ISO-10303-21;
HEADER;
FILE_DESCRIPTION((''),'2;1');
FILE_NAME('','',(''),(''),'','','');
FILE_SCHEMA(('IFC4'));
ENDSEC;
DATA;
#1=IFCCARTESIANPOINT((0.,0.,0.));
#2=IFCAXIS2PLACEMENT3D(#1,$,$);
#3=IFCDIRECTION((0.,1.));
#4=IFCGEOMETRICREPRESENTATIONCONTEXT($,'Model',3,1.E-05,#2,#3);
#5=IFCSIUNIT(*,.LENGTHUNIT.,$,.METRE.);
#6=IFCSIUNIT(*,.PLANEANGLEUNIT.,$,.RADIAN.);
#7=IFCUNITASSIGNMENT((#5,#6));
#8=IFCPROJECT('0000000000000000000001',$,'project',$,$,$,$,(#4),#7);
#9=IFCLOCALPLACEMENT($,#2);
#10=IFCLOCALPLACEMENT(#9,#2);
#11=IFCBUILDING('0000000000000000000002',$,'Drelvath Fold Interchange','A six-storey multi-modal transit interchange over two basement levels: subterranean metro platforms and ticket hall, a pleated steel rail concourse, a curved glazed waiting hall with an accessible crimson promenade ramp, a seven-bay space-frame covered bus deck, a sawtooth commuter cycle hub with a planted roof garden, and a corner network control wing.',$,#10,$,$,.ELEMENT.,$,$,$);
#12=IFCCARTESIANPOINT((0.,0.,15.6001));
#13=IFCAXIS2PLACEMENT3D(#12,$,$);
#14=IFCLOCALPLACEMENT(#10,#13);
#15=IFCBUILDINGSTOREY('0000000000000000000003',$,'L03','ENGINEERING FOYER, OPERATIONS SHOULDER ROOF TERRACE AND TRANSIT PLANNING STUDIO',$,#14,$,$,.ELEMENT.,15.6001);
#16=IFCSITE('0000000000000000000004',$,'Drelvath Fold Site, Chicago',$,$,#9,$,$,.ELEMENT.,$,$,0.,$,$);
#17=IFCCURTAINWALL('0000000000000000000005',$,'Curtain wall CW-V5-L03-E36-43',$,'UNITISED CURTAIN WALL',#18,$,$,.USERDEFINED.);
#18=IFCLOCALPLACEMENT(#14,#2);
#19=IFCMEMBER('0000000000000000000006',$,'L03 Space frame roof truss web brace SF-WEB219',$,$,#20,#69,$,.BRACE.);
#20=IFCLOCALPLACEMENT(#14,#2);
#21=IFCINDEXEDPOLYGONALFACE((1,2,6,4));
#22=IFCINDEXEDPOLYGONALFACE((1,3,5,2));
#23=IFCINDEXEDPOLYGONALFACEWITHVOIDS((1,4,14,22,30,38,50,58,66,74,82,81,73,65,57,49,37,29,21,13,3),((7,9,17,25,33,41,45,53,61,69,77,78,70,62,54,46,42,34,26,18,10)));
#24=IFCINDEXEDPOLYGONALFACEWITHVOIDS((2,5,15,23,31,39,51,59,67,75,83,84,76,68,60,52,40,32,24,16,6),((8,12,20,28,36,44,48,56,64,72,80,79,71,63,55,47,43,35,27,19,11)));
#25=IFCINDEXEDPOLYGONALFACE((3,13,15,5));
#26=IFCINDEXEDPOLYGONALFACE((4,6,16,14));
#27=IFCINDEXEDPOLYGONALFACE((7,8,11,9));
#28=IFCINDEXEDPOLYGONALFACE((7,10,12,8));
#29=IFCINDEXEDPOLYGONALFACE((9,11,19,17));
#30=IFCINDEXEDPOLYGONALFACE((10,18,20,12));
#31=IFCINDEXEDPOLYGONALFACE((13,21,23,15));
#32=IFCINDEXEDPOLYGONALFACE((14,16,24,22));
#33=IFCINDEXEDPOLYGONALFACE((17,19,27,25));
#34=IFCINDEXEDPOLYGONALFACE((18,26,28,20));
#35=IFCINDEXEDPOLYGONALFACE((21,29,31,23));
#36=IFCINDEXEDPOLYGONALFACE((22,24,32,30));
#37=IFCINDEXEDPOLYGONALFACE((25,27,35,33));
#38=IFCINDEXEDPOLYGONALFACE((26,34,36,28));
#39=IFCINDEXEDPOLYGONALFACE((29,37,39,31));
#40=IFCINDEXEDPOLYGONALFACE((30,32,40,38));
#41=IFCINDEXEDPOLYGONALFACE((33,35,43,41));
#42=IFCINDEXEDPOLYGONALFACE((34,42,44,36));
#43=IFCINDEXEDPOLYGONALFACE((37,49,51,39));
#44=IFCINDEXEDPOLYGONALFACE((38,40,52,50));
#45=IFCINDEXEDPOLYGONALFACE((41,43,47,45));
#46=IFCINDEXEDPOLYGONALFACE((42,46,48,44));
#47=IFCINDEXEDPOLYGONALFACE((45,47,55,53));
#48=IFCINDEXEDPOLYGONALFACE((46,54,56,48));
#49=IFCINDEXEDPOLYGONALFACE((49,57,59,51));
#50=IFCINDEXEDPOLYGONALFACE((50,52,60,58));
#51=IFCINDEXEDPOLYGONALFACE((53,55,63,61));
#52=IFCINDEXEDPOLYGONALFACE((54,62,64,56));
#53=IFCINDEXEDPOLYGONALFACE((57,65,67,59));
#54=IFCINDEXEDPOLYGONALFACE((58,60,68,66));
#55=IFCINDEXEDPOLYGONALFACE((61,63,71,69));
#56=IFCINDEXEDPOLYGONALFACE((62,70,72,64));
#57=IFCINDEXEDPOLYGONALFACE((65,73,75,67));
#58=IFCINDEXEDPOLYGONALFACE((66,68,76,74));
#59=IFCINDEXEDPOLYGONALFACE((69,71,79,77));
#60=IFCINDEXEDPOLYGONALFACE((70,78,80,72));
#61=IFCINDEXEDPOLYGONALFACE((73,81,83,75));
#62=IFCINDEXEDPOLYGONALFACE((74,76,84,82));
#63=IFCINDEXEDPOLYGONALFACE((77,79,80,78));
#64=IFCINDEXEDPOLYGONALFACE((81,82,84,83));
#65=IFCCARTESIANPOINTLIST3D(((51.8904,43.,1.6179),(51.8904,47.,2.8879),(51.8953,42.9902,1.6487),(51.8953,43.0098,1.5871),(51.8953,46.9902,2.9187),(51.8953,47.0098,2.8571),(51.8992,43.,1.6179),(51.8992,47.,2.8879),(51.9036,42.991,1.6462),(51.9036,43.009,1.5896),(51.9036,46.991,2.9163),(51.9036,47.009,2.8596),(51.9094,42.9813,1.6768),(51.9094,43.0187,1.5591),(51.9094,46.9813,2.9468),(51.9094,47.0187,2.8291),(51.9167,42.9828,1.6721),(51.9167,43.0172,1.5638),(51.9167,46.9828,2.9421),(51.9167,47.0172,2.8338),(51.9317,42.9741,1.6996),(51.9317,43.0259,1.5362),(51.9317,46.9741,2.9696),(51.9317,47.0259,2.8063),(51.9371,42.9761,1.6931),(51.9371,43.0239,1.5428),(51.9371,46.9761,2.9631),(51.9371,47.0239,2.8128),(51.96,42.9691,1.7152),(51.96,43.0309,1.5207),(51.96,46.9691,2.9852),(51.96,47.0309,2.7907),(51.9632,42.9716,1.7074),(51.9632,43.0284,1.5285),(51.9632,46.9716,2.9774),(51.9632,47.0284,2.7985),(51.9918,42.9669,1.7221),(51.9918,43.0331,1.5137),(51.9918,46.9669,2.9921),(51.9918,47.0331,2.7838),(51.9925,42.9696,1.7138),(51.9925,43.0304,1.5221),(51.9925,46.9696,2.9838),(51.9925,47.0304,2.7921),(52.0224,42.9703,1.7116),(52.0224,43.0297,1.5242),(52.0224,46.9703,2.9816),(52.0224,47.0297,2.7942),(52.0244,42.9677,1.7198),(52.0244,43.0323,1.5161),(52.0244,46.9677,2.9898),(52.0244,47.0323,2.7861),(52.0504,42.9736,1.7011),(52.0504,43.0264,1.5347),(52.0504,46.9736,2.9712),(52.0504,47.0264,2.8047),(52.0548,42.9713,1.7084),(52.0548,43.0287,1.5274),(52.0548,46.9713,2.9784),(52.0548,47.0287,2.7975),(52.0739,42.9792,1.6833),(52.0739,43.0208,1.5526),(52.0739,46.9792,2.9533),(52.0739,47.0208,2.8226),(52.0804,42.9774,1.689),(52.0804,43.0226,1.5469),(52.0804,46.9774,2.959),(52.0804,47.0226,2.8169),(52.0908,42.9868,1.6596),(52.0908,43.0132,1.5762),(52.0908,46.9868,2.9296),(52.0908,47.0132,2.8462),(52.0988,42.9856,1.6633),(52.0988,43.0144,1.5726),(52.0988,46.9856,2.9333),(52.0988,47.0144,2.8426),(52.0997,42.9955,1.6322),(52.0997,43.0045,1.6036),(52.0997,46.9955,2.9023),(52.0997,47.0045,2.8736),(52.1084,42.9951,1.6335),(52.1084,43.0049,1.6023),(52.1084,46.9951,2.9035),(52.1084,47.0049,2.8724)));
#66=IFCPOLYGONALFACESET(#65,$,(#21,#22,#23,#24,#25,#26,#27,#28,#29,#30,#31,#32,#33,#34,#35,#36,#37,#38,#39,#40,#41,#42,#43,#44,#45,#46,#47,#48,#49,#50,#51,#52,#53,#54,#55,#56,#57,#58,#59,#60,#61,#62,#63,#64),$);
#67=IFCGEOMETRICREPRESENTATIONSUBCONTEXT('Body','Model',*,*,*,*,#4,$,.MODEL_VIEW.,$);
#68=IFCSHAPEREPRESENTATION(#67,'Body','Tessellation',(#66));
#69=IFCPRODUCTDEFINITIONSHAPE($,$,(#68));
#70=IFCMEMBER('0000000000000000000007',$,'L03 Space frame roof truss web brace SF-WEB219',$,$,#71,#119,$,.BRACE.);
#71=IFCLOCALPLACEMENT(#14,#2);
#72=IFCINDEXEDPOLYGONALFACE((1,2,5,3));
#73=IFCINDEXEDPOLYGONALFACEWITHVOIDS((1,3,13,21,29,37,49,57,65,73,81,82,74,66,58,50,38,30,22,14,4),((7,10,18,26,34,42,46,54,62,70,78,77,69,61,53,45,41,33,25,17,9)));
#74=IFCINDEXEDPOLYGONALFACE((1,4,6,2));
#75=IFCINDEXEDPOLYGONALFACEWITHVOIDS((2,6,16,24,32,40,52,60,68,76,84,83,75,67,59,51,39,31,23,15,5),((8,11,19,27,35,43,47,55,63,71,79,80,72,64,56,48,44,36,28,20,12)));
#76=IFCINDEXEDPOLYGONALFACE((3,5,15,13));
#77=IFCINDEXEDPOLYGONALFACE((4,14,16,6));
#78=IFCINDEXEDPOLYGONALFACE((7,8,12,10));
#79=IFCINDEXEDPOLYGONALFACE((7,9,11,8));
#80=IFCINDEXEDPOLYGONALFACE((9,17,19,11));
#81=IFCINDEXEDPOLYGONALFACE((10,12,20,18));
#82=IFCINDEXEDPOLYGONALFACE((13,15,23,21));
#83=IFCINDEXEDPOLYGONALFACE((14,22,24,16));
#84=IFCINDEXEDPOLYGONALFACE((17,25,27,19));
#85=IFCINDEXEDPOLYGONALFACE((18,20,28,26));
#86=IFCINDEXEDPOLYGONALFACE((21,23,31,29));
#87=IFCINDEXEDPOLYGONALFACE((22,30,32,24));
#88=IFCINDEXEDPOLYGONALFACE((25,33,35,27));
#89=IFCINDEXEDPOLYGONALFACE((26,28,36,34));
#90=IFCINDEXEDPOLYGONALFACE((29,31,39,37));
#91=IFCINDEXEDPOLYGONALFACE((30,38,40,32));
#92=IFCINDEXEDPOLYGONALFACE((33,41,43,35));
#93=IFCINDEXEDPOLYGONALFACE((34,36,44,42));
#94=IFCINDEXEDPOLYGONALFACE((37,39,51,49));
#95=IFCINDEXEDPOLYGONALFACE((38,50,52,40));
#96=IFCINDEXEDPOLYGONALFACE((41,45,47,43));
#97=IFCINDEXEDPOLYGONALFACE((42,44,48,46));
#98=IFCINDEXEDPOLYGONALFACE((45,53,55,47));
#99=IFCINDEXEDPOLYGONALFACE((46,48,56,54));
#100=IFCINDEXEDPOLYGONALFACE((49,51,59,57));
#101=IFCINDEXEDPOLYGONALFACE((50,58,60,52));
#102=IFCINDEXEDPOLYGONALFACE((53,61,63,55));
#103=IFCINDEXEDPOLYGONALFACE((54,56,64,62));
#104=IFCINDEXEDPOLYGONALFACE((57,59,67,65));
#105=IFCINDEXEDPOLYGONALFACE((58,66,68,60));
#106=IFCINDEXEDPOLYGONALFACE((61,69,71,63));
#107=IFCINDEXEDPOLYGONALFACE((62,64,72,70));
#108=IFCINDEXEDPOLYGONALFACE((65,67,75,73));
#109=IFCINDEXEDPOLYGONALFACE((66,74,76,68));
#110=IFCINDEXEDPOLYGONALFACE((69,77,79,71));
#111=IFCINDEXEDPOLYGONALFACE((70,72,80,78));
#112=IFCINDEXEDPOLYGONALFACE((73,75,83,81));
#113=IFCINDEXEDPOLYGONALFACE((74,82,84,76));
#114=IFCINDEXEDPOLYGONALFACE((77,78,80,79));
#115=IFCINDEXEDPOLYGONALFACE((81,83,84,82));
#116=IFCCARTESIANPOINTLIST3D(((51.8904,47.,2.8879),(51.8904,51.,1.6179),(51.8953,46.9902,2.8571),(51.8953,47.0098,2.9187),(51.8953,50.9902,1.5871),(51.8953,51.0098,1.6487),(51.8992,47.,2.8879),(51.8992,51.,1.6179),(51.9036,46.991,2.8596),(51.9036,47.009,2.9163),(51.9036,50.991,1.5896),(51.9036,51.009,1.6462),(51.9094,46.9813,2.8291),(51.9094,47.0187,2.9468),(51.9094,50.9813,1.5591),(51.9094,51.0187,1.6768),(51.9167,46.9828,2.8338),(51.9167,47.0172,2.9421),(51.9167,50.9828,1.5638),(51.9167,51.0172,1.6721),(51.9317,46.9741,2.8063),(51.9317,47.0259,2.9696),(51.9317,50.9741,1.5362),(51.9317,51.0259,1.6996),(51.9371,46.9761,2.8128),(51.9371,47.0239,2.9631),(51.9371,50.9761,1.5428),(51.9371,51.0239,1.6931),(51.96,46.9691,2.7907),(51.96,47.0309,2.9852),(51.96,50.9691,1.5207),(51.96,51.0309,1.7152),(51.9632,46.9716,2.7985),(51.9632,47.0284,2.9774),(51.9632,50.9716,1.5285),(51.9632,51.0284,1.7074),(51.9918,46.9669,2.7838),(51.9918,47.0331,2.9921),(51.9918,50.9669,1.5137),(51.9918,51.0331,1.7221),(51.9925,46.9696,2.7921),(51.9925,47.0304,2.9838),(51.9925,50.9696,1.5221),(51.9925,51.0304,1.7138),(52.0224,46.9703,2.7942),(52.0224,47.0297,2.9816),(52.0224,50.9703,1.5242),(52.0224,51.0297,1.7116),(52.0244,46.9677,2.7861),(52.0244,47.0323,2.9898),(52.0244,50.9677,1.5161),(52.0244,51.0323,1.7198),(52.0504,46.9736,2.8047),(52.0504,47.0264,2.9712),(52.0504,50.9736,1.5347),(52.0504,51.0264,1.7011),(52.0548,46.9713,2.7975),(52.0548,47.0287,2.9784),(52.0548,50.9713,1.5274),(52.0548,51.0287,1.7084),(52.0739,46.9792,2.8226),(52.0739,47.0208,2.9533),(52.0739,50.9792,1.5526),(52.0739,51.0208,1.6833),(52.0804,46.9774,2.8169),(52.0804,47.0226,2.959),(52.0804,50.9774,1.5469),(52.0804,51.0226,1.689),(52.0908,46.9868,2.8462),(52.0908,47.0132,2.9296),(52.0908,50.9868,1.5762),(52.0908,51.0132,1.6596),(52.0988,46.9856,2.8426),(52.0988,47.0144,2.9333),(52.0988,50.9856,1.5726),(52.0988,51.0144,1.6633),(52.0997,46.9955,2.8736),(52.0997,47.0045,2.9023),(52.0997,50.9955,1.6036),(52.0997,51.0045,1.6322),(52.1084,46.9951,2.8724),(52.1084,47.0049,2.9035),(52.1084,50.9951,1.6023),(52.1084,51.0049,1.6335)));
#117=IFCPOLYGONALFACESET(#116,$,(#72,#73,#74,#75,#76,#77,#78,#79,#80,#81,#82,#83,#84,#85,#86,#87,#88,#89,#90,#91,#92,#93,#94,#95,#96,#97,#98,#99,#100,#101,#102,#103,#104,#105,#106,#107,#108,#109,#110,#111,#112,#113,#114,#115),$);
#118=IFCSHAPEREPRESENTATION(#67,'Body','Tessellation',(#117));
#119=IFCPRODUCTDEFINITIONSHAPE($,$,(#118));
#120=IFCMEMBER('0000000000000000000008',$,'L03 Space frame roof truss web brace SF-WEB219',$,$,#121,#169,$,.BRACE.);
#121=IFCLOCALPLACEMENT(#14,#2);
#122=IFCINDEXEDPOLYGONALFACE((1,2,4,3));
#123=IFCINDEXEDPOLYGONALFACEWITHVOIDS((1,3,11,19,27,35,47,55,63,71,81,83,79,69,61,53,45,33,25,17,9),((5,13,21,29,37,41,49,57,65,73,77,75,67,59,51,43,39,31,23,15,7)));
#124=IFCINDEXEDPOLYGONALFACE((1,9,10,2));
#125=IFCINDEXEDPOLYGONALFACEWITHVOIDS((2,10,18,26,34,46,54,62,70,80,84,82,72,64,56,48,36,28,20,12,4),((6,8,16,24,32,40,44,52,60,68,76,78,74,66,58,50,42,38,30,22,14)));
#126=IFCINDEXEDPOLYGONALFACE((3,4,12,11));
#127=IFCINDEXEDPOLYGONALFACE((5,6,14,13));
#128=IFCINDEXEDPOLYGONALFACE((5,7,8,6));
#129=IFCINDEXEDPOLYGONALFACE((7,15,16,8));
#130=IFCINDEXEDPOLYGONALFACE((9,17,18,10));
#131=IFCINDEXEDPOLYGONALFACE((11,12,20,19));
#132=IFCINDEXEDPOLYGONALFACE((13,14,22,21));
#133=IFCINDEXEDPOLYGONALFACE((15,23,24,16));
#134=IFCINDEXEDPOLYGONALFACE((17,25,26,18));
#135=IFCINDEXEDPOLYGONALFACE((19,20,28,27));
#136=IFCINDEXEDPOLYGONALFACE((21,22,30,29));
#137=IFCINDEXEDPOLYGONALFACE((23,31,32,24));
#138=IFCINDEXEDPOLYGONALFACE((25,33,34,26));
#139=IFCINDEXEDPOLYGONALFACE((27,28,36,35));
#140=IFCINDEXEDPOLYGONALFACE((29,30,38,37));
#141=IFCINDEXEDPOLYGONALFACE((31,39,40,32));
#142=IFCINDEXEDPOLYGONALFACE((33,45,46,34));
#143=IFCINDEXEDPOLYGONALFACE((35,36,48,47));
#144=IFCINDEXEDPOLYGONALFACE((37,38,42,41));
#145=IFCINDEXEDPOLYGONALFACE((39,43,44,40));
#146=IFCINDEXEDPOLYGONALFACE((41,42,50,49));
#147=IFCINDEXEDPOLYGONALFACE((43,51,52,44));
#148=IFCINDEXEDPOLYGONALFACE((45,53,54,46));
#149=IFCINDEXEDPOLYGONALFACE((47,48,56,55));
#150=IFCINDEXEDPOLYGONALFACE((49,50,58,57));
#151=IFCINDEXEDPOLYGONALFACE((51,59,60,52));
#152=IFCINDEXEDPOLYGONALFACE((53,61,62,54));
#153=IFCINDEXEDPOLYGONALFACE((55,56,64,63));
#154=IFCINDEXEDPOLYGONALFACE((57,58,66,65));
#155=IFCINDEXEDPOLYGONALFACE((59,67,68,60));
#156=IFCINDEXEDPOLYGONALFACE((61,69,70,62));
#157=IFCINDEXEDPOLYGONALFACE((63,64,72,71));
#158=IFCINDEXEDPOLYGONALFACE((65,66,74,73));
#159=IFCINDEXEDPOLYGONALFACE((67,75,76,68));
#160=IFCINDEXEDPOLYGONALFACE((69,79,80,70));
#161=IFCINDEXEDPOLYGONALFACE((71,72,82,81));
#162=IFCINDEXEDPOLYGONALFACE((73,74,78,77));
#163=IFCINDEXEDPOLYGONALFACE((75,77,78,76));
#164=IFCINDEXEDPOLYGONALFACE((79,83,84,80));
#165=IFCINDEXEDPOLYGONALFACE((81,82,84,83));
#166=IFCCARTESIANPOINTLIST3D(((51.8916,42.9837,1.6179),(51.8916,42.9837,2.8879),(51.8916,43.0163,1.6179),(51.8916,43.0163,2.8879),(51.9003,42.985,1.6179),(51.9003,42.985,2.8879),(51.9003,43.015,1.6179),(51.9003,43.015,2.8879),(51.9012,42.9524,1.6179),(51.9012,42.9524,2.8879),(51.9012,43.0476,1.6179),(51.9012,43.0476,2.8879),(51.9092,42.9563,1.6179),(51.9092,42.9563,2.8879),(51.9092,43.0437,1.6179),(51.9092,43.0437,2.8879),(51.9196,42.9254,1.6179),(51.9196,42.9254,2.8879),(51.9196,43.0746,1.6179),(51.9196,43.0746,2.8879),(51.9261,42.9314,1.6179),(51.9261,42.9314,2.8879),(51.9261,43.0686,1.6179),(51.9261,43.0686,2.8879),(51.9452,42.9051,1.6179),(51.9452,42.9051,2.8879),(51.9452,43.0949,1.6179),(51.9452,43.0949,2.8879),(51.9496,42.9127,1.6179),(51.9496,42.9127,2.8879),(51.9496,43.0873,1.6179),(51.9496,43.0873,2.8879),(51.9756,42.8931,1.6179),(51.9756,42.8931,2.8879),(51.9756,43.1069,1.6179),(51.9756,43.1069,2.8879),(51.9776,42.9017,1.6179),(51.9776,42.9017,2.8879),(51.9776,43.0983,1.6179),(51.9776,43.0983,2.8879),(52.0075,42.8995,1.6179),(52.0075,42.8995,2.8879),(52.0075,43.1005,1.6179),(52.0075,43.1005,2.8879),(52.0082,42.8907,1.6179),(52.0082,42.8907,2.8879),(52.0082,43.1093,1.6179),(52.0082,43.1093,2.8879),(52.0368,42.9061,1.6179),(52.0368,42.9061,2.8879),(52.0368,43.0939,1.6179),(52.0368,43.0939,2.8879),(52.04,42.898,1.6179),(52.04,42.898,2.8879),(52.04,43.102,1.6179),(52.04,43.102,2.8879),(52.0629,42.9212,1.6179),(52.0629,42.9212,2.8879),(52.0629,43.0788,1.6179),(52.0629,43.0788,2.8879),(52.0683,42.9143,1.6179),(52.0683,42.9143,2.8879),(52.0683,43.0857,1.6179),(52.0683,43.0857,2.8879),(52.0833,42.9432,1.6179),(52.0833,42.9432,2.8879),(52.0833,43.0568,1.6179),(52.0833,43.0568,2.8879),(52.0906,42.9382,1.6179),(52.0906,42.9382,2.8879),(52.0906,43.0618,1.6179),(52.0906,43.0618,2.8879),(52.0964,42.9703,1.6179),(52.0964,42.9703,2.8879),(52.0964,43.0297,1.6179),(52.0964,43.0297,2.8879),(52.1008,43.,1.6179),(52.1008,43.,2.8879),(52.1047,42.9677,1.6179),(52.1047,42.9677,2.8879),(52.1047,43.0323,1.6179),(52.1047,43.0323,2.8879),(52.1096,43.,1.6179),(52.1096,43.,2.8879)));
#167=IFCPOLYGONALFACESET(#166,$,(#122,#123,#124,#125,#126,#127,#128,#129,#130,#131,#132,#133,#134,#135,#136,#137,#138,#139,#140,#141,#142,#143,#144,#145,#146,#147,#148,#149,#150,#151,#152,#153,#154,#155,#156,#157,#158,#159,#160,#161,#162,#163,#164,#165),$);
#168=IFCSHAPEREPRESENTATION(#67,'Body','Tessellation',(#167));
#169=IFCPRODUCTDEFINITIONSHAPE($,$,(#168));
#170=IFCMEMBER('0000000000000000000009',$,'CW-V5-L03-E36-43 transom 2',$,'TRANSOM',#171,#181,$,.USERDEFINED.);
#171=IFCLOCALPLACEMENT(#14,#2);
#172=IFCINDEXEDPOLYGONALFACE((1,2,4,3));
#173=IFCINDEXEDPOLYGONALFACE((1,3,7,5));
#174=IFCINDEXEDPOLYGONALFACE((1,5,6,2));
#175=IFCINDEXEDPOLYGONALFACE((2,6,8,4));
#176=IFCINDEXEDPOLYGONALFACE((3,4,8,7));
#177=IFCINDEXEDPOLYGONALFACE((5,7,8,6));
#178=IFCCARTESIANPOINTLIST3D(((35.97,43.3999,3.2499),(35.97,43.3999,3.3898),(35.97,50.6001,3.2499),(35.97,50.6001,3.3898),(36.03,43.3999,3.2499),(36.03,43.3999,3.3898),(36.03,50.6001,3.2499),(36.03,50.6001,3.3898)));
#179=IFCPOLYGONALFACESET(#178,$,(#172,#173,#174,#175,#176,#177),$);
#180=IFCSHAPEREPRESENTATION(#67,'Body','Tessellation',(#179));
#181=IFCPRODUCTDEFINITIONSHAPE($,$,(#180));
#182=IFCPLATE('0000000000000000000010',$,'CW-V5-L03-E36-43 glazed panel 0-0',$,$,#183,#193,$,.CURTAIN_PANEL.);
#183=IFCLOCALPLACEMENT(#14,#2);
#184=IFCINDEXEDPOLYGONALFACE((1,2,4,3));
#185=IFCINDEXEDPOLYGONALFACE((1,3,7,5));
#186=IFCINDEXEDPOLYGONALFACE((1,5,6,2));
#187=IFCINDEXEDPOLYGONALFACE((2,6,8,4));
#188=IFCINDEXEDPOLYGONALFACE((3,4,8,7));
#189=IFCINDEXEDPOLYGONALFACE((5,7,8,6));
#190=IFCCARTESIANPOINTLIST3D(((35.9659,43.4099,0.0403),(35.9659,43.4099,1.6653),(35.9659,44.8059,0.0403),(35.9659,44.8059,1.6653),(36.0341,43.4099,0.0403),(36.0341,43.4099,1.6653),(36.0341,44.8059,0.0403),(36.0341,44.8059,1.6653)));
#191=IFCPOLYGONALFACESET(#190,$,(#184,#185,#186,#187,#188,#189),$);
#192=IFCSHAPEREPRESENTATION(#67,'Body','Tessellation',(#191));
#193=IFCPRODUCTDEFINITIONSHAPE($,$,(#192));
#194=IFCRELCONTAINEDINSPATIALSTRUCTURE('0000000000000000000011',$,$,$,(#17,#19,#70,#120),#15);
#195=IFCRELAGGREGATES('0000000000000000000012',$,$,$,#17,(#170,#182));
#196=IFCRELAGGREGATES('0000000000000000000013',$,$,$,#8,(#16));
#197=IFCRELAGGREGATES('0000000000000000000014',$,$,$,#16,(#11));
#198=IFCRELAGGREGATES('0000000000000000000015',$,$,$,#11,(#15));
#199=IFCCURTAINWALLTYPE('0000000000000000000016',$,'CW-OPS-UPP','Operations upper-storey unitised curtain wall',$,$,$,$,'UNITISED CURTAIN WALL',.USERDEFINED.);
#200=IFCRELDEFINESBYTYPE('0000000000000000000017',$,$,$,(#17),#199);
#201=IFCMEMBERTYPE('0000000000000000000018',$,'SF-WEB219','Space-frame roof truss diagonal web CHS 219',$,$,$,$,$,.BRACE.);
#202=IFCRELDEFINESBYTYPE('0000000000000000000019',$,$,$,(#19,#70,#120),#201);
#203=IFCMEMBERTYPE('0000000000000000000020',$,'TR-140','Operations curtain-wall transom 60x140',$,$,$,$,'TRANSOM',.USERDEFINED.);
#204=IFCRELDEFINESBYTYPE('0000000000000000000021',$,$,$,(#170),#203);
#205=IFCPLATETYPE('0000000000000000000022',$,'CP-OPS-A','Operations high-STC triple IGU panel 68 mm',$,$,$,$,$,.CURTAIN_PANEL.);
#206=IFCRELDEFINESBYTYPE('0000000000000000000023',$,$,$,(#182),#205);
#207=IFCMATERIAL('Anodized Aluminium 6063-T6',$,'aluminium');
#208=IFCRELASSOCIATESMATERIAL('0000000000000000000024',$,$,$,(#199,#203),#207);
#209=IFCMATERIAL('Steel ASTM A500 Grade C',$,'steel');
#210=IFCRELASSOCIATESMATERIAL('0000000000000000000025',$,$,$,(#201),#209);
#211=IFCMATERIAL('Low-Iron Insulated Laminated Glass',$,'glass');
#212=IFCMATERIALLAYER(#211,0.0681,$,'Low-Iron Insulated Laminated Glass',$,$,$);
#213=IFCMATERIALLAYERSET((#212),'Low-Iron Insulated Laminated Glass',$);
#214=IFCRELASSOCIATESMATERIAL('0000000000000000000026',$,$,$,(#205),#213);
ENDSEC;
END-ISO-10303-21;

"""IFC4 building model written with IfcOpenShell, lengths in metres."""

from ifc_helpers import new_model, si_unit, direction, frame, origin, origin_2d, place, context, subcontext, project, spatial, rectangle, hollow_circle, extrude, material, layer, layer_set, material_profile, profile_set, type_object, element, aggregate, save


model = new_model("IFC4")

# Units and contexts
model_context = context("Model", 3, precision=1e-05, world=origin(), true_north=direction((0.0, 1.0)))
body_context = subcontext(model_context, "Body", "Model", "MODEL_VIEW")
ifc_project = project(units=[si_unit("LENGTHUNIT", "METRE"), si_unit("PLANEANGLEUNIT", "RADIAN")], contexts=[model_context])

# Site, building, storey
site_placement = place(None, origin())
site = spatial("IfcSite", under=ifc_project, at=site_placement, Name="Drelvath Fold Site, Chicago", CompositionType="ELEMENT", RefElevation=0.0)
building_placement = place(site_placement, origin())
building = spatial("IfcBuilding", under=site, at=building_placement, Name="Drelvath Fold Interchange", Description="A six-storey multi-modal transit interchange over two basement levels: subterranean metro platforms and ticket hall, a pleated steel rail concourse, a curved glazed waiting hall with an accessible crimson promenade ramp, a seven-bay space-frame covered bus deck, a sawtooth commuter cycle hub with a planted roof garden, and a corner network control wing.", CompositionType="ELEMENT")
storey_placement = place(building_placement, frame((0.0, 0.0, 15.6001)))
storey = spatial("IfcBuildingStorey", under=building, at=storey_placement, Name="L03", Description="ENGINEERING FOYER, OPERATIONS SHOULDER ROOF TERRACE AND TRANSIT PLANNING STUDIO", CompositionType="ELEMENT", Elevation=15.6001)

# Curtain wall
ifc_material_1 = material(Name="Anodized Aluminium 6063-T6", Category="aluminium")
curtain_wall_type = type_object("IfcCurtainWallType", Name="CW-OPS-UPP", Description="Operations upper-storey unitised curtain wall", ElementType="UNITISED CURTAIN WALL", PredefinedType="USERDEFINED", material=ifc_material_1)
curtain_wall_placement = place(storey_placement, origin())
curtain_wall = element("IfcCurtainWall", 1, at=curtain_wall_placement, inside=storey, type_object=curtain_wall_type, Name="Curtain wall CW-V5-L03-E36-43", ObjectType="UNITISED CURTAIN WALL", PredefinedType="USERDEFINED")

# Members
ifc_material_2 = material(Name="Steel ASTM A500 Grade C", Category="steel")
ifc_material_profile_1 = material_profile(ifc_material_2, hollow_circle(Radius=0.1096, WallThickness=0.0088, at=origin_2d()), Name="HSS8.625X0.375")
ifc_profile_set_1 = profile_set([ifc_material_profile_1], Name="Steel ASTM A500 Grade C")
member_type_1 = type_object("IfcMemberType", Name="SF-WEB219", Description="Space-frame roof truss diagonal web CHS 219", PredefinedType="BRACE", material=ifc_profile_set_1)
for number, where, z_axis, x_axis, name in (
    (2, (52.0, 43.0, 1.6179), (0.0, 0.953112, 0.302618), (-1.0, 0.0, 0.0), "L03 Space frame roof truss web brace SF-WEB219"),
    (3, (52.0, 47.0, 2.8879), (0.0, 0.953112, -0.302618), (-1.0, 0.0, 0.0), "L03 Space frame roof truss web brace SF-WEB219"),
):
    element("IfcMember", number, at=place(storey_placement, frame(where, z_axis=z_axis, x_axis=x_axis)), inside=storey, type_object=member_type_1, Name=name, PredefinedType="BRACE", context=body_context, shape_type="SweptSolid", body=[
        extrude(hollow_circle(Radius=0.1096, WallThickness=0.0088, at=origin_2d()), origin(), (0.0, 0.0, 1.0), 4.1968),
    ])
member_1_placement = place(storey_placement, frame((52.0, 43.0, 1.6179), z_axis=(0.0, 0.0, 1.0), x_axis=(1.0, 0.0, 0.0)))
element("IfcMember", 4, at=member_1_placement, inside=storey, type_object=member_type_1, Name="L03 Space frame roof truss web brace SF-WEB219", PredefinedType="BRACE", context=body_context, shape_type="SweptSolid", body=[
    extrude(hollow_circle(Radius=0.1096, WallThickness=0.0088, at=origin_2d()), origin(), (0.0, 0.0, 1.0), 1.27),
])

# Member
ifc_material_profile_2 = material_profile(ifc_material_1, rectangle(XDim=0.0601, YDim=0.1399, at=origin_2d()), Name="AL-T 60x140")
ifc_profile_set_2 = profile_set([ifc_material_profile_2], Name="Anodized Aluminium 6063-T6")
member_type_2 = type_object("IfcMemberType", Name="TR-140", Description="Operations curtain-wall transom 60x140", ElementType="TRANSOM", PredefinedType="USERDEFINED", material=ifc_profile_set_2)
member_2_placement = place(storey_placement, frame((36.0, 43.3999, 3.3198), z_axis=(0.0, 1.0, 0.0), x_axis=(-1.0, 0.0, 0.0)))
member_2 = element("IfcMember", 5, at=member_2_placement, type_object=member_type_2, Name="CW-V5-L03-E36-43 transom 2", ObjectType="TRANSOM", PredefinedType="USERDEFINED", context=body_context, shape_type="SweptSolid", body=[
    extrude(rectangle(XDim=0.0601, YDim=0.1399, at=origin_2d()), origin(), (0.0, 0.0, 1.0), 7.2002),
])

# Plate
ifc_material_3 = material(Name="Low-Iron Insulated Laminated Glass", Category="glass")
ifc_layer = layer(ifc_material_3, 0.0681, Name="Low-Iron Insulated Laminated Glass")
ifc_layer_set = layer_set([ifc_layer], Name="Low-Iron Insulated Laminated Glass")
plate_type = type_object("IfcPlateType", Name="CP-OPS-A", Description="Operations high-STC triple IGU panel 68 mm", PredefinedType="CURTAIN_PANEL", material=ifc_layer_set)
plate_1_placement = place(storey_placement, frame((36.0, 44.1079, 0.0403), z_axis=(0.0, 0.0, 1.0), x_axis=(0.0, 1.0, 0.0)))
plate_1 = element("IfcPlate", 6, at=plate_1_placement, type_object=plate_type, Name="CW-V5-L03-E36-43 glazed panel 0-0", PredefinedType="CURTAIN_PANEL", context=body_context, shape_type="SweptSolid", body=[
    extrude(rectangle(XDim=1.396, YDim=0.0681, at=origin_2d()), origin(), (0.0, 0.0, 1.0), 1.625),
])
aggregate(curtain_wall, [member_2, plate_1])

save(model, "model.ifc")
